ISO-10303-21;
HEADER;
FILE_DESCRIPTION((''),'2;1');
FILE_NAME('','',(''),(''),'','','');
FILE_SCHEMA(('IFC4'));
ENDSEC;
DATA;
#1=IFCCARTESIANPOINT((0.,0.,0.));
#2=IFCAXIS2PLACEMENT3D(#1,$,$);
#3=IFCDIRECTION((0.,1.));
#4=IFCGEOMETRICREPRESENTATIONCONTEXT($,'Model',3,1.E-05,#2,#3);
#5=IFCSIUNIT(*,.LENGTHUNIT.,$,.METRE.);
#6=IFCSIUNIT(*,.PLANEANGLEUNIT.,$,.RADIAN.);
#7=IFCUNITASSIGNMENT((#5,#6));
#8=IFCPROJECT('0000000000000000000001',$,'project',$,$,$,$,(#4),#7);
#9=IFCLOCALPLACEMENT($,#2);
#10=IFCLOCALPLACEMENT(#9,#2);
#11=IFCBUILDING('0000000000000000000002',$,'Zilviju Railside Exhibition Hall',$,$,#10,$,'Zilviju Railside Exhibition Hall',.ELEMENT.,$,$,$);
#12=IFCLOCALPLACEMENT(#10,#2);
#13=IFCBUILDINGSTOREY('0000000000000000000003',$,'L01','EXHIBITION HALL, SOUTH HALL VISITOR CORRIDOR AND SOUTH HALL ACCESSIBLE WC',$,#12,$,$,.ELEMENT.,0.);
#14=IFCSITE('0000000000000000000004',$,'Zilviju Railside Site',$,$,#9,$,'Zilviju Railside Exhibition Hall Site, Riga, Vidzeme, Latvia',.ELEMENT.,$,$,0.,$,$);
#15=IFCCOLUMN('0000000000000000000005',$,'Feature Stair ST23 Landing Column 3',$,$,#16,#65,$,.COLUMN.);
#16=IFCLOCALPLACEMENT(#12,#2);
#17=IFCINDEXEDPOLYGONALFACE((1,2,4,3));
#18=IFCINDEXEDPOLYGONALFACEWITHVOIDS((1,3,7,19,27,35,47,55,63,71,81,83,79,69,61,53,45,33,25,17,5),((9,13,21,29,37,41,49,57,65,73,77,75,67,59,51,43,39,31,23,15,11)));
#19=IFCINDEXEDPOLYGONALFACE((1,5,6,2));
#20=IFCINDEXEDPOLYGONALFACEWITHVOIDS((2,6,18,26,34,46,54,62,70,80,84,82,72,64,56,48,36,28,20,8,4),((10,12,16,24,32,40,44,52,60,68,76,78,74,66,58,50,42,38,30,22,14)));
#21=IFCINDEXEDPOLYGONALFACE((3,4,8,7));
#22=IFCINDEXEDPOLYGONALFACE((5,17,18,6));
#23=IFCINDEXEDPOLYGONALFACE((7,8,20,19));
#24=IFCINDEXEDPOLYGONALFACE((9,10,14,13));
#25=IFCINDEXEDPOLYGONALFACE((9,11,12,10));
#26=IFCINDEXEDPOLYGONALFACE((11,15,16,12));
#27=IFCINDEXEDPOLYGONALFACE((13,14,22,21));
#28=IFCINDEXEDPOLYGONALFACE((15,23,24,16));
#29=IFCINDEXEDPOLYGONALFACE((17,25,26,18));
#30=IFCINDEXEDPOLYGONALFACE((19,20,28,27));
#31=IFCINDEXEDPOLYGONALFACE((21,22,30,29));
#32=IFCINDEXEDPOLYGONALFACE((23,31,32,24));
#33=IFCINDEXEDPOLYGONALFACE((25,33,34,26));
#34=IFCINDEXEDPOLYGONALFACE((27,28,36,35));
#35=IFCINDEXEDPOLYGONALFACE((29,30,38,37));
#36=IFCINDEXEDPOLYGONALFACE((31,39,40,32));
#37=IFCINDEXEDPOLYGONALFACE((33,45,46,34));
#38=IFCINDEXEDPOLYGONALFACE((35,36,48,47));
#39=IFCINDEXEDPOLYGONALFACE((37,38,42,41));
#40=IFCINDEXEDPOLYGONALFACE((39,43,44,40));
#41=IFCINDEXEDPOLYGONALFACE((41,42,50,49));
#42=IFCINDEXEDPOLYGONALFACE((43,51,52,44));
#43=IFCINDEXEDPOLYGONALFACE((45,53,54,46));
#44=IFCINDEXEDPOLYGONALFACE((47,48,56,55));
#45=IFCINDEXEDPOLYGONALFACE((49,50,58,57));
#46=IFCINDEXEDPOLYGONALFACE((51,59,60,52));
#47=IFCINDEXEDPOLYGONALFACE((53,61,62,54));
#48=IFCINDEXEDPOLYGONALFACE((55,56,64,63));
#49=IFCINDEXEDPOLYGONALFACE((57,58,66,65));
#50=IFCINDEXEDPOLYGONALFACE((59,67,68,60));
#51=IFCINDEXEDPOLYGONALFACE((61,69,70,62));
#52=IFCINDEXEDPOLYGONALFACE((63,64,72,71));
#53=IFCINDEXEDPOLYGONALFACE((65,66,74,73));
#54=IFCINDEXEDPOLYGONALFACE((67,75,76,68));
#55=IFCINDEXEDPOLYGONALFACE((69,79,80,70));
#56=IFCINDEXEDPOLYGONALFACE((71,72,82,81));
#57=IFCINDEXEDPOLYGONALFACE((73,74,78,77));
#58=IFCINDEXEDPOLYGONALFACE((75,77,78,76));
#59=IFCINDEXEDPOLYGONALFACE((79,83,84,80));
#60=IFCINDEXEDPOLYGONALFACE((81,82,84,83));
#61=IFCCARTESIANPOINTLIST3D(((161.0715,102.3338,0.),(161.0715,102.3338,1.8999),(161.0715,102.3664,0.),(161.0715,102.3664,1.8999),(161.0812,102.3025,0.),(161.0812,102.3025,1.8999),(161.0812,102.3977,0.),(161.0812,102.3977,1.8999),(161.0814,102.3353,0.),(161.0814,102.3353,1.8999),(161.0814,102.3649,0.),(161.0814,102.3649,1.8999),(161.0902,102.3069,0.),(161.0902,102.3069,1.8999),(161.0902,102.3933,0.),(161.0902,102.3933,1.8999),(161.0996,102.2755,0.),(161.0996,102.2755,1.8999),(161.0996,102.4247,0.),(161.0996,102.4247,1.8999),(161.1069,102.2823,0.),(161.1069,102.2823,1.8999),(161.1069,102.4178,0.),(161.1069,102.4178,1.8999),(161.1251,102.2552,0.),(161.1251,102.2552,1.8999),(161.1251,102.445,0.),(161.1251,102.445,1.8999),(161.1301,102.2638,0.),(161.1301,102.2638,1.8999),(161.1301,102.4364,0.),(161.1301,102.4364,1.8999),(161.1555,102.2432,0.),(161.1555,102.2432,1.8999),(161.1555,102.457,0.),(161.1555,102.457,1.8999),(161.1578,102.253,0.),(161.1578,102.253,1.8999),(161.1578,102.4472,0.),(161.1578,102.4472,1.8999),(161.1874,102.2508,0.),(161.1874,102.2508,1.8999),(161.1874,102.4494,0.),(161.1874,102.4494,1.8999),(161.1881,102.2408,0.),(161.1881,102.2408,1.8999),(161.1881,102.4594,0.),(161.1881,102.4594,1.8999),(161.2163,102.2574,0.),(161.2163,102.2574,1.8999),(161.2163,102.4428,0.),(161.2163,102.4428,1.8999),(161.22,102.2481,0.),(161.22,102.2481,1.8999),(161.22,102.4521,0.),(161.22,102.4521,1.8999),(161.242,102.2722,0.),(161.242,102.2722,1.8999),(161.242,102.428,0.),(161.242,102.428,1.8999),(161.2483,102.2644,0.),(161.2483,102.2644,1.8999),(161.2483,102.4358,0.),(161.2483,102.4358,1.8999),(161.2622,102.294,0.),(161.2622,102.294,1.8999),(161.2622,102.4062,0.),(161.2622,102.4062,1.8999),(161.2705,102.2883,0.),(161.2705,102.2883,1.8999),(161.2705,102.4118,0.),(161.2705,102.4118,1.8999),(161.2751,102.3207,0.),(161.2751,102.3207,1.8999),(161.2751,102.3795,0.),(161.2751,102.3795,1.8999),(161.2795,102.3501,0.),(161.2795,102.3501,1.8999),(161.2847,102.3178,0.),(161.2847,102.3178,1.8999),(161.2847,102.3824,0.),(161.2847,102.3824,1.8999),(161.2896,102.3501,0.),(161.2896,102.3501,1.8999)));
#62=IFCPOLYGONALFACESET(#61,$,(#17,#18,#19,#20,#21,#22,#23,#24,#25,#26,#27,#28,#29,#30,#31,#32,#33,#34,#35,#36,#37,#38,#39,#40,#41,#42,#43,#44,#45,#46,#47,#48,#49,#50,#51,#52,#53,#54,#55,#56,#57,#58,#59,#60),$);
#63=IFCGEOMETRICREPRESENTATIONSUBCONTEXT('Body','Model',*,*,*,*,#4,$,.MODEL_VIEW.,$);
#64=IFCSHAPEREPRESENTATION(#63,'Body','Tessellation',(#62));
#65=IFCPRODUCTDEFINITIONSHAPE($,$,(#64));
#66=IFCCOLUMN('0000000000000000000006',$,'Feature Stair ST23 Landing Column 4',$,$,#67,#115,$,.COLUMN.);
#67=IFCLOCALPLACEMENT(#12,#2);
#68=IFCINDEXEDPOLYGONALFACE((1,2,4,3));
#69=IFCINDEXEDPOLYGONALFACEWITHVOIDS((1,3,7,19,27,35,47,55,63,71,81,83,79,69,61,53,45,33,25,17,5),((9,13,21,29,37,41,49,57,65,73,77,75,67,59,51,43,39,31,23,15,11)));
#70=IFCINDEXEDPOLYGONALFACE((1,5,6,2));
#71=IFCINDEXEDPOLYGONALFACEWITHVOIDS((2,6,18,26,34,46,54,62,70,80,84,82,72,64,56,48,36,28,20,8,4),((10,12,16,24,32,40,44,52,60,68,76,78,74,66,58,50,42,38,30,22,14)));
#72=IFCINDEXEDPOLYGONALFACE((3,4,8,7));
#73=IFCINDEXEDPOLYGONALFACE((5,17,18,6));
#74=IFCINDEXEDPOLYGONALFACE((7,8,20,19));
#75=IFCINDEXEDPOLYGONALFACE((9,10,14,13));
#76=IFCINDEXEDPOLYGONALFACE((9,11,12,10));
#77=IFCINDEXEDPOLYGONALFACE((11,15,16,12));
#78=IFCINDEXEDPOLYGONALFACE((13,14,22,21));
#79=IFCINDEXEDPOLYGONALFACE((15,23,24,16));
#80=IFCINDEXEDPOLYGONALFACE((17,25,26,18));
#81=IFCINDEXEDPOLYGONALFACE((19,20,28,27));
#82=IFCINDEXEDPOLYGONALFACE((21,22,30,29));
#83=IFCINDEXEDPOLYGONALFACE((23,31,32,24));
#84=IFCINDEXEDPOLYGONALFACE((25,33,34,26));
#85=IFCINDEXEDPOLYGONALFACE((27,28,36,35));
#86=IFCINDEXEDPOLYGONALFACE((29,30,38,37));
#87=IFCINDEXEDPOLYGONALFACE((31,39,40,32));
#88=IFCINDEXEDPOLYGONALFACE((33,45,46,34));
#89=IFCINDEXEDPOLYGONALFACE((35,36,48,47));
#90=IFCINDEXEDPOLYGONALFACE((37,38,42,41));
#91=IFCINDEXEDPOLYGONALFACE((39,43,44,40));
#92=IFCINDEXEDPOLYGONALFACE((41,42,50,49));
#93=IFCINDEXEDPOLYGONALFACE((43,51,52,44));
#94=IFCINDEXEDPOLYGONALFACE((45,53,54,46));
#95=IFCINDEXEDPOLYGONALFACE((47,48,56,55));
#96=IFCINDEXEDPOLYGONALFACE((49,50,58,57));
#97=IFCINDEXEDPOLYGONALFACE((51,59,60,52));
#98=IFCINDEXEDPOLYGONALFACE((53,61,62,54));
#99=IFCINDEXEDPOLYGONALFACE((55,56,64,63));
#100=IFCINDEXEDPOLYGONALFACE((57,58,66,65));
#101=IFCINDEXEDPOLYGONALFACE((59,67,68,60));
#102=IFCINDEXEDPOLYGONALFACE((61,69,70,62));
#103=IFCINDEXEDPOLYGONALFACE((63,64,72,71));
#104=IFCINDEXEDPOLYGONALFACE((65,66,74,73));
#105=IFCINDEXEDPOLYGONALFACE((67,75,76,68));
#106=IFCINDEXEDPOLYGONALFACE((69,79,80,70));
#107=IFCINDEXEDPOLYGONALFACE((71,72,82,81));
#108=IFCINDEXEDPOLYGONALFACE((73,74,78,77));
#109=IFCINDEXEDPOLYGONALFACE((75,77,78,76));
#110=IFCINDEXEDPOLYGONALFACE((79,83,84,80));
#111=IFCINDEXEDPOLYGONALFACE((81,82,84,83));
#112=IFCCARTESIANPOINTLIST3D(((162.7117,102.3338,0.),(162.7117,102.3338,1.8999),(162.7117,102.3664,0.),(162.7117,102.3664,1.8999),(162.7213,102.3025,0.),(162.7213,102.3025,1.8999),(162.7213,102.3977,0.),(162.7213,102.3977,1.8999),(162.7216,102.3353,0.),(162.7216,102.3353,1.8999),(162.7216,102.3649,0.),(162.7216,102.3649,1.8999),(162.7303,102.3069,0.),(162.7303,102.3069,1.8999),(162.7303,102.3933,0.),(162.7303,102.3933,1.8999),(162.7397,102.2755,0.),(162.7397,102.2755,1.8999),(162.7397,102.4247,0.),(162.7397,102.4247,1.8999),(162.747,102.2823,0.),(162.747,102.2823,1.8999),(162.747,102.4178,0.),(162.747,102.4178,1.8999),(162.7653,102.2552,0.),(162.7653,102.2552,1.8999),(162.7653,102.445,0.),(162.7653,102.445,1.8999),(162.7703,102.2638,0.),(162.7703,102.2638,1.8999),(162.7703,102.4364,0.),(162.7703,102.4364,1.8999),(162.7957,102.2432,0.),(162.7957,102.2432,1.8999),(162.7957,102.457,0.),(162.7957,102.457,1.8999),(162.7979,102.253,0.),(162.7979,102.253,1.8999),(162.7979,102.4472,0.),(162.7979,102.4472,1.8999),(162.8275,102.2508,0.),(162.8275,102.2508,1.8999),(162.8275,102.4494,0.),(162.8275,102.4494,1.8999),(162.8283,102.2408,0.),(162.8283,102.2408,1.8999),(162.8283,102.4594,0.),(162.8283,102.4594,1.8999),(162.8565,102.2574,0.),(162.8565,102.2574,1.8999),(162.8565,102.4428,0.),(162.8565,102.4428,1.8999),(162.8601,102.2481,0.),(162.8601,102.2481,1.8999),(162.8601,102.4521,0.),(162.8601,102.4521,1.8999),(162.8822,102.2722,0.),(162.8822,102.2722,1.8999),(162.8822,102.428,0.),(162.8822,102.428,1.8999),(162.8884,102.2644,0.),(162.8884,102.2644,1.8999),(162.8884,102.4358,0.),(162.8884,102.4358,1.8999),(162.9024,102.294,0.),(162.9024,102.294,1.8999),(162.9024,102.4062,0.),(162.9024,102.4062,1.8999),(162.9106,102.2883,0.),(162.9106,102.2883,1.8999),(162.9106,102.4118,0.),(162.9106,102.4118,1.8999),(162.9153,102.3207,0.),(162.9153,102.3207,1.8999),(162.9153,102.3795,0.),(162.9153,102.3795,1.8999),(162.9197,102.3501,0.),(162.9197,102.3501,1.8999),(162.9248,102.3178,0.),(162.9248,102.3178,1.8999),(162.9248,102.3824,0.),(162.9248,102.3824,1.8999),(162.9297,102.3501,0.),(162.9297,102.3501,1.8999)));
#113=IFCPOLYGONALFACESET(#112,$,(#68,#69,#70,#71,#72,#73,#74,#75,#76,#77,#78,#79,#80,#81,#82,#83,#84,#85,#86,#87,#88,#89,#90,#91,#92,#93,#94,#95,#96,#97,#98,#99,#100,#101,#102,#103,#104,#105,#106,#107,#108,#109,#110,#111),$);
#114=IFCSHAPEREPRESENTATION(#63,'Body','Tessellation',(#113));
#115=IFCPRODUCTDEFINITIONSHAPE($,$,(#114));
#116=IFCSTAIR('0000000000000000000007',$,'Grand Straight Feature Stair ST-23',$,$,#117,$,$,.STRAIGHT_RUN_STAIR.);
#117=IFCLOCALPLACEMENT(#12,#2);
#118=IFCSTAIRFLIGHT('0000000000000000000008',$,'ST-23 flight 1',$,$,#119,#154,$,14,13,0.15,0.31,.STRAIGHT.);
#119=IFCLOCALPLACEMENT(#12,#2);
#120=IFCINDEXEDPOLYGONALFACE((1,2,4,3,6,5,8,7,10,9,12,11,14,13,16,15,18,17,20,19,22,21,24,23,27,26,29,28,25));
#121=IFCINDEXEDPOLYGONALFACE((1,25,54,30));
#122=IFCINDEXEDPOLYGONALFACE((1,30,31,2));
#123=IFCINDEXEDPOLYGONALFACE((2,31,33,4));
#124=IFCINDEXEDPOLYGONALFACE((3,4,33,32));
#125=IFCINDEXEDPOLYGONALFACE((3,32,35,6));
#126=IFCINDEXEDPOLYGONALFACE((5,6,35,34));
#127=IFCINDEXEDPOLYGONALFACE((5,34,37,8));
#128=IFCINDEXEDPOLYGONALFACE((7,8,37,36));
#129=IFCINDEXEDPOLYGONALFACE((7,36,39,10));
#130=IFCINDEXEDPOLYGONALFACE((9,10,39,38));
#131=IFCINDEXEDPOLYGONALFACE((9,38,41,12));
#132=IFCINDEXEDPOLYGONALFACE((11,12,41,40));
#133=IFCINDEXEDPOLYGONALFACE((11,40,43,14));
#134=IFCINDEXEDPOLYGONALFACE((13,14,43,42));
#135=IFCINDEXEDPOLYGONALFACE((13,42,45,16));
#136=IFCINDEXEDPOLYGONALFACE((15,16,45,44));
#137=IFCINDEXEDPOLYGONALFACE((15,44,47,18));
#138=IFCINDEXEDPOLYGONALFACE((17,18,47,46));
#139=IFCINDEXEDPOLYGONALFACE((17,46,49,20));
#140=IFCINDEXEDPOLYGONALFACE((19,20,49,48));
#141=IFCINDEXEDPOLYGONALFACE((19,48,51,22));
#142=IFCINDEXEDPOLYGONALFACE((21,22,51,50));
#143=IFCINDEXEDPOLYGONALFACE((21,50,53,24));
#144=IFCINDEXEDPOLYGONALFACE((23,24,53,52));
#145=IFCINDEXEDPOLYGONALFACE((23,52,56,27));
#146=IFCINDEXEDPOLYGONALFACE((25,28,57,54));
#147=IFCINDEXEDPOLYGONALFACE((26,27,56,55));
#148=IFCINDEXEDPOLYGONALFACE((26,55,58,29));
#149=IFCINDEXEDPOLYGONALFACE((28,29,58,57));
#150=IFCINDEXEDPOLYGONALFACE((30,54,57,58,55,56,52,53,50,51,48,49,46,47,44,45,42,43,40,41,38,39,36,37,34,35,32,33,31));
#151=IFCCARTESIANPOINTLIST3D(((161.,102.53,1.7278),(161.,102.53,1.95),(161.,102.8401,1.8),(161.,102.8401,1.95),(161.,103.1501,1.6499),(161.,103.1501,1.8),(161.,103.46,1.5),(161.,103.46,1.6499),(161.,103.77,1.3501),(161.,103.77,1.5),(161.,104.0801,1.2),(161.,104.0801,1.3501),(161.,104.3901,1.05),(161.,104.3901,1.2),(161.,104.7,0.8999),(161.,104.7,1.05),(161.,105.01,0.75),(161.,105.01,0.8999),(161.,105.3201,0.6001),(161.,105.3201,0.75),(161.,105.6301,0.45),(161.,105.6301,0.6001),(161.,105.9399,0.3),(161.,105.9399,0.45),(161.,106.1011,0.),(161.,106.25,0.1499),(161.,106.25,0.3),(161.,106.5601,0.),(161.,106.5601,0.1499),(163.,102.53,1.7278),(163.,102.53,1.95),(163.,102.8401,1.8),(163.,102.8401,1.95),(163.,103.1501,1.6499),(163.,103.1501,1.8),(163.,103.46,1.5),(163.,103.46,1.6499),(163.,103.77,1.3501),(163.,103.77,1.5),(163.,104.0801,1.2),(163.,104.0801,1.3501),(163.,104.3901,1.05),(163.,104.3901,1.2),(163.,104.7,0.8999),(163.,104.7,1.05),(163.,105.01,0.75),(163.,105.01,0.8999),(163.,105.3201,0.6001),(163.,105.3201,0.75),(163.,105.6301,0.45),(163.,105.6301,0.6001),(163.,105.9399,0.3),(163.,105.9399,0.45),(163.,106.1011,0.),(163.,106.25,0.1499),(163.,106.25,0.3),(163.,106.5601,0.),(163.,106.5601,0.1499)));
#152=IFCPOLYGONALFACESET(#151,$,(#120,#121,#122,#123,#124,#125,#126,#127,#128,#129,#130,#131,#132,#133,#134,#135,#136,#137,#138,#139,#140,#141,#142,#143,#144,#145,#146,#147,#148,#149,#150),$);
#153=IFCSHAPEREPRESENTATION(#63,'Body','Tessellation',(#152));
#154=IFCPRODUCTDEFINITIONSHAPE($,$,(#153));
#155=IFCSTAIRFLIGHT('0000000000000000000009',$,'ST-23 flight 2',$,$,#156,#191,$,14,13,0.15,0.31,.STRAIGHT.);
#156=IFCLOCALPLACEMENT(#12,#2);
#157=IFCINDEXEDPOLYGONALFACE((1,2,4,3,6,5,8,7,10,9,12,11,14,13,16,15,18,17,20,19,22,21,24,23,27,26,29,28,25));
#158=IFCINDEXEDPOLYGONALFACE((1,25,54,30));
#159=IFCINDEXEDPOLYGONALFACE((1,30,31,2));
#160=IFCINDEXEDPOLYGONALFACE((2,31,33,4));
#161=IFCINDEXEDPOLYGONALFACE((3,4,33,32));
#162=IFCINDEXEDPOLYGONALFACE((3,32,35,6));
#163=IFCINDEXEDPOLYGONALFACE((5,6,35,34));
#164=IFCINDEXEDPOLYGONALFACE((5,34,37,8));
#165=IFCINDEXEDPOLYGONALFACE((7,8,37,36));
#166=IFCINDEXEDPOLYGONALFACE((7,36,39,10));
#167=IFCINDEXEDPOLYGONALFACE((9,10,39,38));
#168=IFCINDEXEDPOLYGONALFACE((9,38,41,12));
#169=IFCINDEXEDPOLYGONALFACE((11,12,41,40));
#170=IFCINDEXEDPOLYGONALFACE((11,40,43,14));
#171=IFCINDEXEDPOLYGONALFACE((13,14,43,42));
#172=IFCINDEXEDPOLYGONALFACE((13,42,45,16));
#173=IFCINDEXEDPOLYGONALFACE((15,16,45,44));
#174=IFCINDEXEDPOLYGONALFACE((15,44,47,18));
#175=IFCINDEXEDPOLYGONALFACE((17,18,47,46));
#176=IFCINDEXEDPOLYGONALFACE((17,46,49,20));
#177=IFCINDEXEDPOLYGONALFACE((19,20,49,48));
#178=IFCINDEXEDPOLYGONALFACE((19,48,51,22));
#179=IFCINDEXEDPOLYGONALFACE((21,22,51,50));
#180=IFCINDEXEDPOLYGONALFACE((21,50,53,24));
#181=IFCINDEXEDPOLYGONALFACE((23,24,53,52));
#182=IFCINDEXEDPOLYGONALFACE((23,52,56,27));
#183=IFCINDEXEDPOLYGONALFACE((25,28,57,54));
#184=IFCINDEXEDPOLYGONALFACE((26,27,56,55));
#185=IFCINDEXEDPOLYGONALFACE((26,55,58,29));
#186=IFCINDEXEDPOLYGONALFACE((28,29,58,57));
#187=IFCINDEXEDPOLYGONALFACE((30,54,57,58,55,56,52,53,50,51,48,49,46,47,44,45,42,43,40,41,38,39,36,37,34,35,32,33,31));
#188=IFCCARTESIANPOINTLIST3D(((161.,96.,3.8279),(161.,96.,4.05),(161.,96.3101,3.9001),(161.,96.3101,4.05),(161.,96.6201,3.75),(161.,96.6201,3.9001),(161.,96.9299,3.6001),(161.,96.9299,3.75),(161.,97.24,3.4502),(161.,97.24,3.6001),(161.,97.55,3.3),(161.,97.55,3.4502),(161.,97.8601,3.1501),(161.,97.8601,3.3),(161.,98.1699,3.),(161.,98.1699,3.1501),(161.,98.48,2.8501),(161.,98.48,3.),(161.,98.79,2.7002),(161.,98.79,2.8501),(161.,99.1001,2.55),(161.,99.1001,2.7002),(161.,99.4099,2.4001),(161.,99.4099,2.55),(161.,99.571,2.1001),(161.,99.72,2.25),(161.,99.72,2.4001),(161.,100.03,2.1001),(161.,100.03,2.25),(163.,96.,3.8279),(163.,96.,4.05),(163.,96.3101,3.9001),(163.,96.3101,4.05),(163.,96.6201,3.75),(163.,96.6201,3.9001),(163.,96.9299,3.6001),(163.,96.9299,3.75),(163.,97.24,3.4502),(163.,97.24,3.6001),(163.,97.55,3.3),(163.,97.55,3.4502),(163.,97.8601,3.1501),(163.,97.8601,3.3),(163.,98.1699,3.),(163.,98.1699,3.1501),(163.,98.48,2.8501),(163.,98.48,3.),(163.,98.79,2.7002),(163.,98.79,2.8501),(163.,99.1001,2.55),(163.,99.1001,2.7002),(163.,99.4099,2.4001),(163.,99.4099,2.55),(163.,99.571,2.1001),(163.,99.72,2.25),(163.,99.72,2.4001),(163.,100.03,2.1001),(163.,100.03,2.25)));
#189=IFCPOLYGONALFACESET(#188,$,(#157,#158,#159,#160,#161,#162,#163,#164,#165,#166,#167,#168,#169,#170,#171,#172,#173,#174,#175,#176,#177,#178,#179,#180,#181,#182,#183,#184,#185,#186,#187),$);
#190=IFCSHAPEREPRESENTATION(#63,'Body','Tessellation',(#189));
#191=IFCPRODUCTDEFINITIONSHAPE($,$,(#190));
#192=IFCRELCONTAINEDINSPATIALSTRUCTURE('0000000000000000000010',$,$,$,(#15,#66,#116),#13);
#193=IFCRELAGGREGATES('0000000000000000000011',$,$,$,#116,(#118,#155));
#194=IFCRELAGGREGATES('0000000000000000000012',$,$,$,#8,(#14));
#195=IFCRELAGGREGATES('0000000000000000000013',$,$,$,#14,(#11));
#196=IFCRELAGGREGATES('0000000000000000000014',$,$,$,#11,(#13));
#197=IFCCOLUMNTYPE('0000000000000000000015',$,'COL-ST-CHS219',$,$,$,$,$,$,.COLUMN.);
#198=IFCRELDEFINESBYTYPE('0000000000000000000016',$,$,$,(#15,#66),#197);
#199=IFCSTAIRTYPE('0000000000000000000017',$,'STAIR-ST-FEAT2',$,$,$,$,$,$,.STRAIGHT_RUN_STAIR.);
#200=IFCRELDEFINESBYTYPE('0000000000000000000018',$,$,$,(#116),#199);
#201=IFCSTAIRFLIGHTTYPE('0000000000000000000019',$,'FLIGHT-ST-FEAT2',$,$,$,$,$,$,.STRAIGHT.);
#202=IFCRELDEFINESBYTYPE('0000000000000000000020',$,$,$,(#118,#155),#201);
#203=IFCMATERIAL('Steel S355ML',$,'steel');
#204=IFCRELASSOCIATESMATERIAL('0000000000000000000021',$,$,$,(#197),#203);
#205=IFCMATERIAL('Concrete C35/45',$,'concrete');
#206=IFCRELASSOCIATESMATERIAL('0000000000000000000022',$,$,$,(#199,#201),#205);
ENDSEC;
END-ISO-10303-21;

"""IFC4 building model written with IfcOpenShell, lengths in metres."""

from ifc_helpers import new_model, si_unit, direction, frame, origin, origin_2d, place, context, subcontext, project, spatial, polyline, hollow_circle, outline, extrude, material, material_profile, profile_set, type_object, element, aggregate, save


model = new_model("IFC4")

# Units and contexts
model_context = context("Model", 3, precision=1e-05, world=origin(), true_north=direction((0.0, 1.0)))
body_context = subcontext(model_context, "Body", "Model", "MODEL_VIEW")
ifc_project = project(units=[si_unit("LENGTHUNIT", "METRE"), si_unit("PLANEANGLEUNIT", "RADIAN")], contexts=[model_context])

# Site, building, storey
site_placement = place(None, origin())
site = spatial("IfcSite", under=ifc_project, at=site_placement, Name="Zilviju Railside Site", LongName="Zilviju Railside Exhibition Hall Site, Riga, Vidzeme, Latvia", CompositionType="ELEMENT", RefElevation=0.0)
building_placement = place(site_placement, origin())
building = spatial("IfcBuilding", under=site, at=building_placement, Name="Zilviju Railside Exhibition Hall", LongName="Zilviju Railside Exhibition Hall", CompositionType="ELEMENT")
storey_placement = place(building_placement, origin())
storey = spatial("IfcBuildingStorey", under=building, at=storey_placement, Name="L01", Description="EXHIBITION HALL, SOUTH HALL VISITOR CORRIDOR AND SOUTH HALL ACCESSIBLE WC", CompositionType="ELEMENT", Elevation=0.0)

# Shared definitions
ifc_material_1 = material(Name="Concrete C35/45", Category="concrete")

# Columns
ifc_material_2 = material(Name="Steel S355ML", Category="steel")
ifc_material_profile_1 = material_profile(ifc_material_2, hollow_circle(Radius=0.1096, WallThickness=0.01, at=origin_2d()), Name="CHS 219.1x10.0")
ifc_profile_set_1 = profile_set([ifc_material_profile_1], Name="Steel S355ML")
column_type_1 = type_object("IfcColumnType", Name="COL-ST-CHS219", PredefinedType="COLUMN", material=ifc_profile_set_1)
for number, where, z_axis, x_axis, name in (
    (1, (161.1799, 102.3501, 0.0), (0.0, 0.0, 1.0), (1.0, 0.0, 0.0), "Feature Stair ST23 Landing Column 3"),
    (2, (162.8201, 102.3501, 0.0), (0.0, 0.0, 1.0), (1.0, 0.0, 0.0), "Feature Stair ST23 Landing Column 4"),
):
    element("IfcColumn", number, at=place(storey_placement, frame(where, z_axis=z_axis, x_axis=x_axis)), inside=storey, type_object=column_type_1, Name=name, PredefinedType="COLUMN", context=body_context, shape_type="SweptSolid", body=[
        extrude(hollow_circle(Radius=0.1096, WallThickness=0.01, at=origin_2d()), origin(), (0.0, 0.0, 1.0), 1.8999),
    ])

# Stair, stair flights
stair_type = type_object("IfcStairType", Name="STAIR-ST-FEAT2", PredefinedType="STRAIGHT_RUN_STAIR", material=ifc_material_1)
stair_placement = place(storey_placement, origin())
stair = element("IfcStair", 3, at=stair_placement, inside=storey, type_object=stair_type, Name="Grand Straight Feature Stair ST-23", PredefinedType="STRAIGHT_RUN_STAIR")
stair_flight_type = type_object("IfcStairFlightType", Name="FLIGHT-ST-FEAT2", PredefinedType="STRAIGHT", material=ifc_material_1)
stair_flight_1_placement = place(storey_placement, frame((162.0, 106.5601, 0.0), z_axis=(0.0, 0.0, 1.0), x_axis=(0.0, -1.0, 0.0)))
stair_flight_1 = element("IfcStairFlight", 4, at=stair_flight_1_placement, type_object=stair_flight_type, Name="ST-23 flight 1", NumberOfRisers=14, NumberOfTreads=13, PredefinedType="STRAIGHT", RiserHeight=0.15, TreadLength=0.31, context=body_context, shape_type="SweptSolid", body=[
    extrude(outline(polyline([(0.0, 0.0), (0.0, 0.1499), (0.3101, 0.1499), (0.3101, 0.3), (0.6201, 0.3), (0.6201, 0.45), (0.9299, 0.45), (0.9299, 0.6001), (1.24, 0.6001), (1.24, 0.75), (1.55, 0.75), (1.55, 0.8999), (1.8601, 0.8999), (1.8601, 1.05), (2.1699, 1.05), (2.1699, 1.2), (2.48, 1.2), (2.48, 1.3501), (2.79, 1.3501), (2.79, 1.5), (3.1001, 1.5), (3.1001, 1.6499), (3.4099, 1.6499), (3.4099, 1.8), (3.72, 1.8), (3.72, 1.95), (4.03, 1.95), (4.03, 2.1001), (4.03, 1.7278), (0.459, 0.0), (0.0, 0.0)])), frame((0.0, 1.0, 0.0), z_axis=(0.0, -1.0, 0.0), x_axis=(1.0, 0.0, 0.0)), (0.0, 0.0, 1.0), 2.0),
])
stair_flight_2_placement = place(storey_placement, frame((162.0, 100.03, 2.1001), z_axis=(0.0, 0.0, 1.0), x_axis=(0.0, -1.0, 0.0)))
stair_flight_2 = element("IfcStairFlight", 5, at=stair_flight_2_placement, type_object=stair_flight_type, Name="ST-23 flight 2", NumberOfRisers=14, NumberOfTreads=13, PredefinedType="STRAIGHT", RiserHeight=0.15, TreadLength=0.31, context=body_context, shape_type="SweptSolid", body=[
    extrude(outline(polyline([(0.0, 0.0), (0.0, 0.1499), (0.3101, 0.1499), (0.3101, 0.3), (0.6201, 0.3), (0.6201, 0.45), (0.9299, 0.45), (0.9299, 0.6001), (1.24, 0.6001), (1.24, 0.75), (1.55, 0.75), (1.55, 0.8999), (1.8601, 0.8999), (1.8601, 1.05), (2.1699, 1.05), (2.1699, 1.2), (2.48, 1.2), (2.48, 1.3501), (2.79, 1.3501), (2.79, 1.5), (3.1001, 1.5), (3.1001, 1.6499), (3.4099, 1.6499), (3.4099, 1.8), (3.72, 1.8), (3.72, 1.95), (4.03, 1.95), (4.03, 2.1001), (4.03, 1.7278), (0.459, 0.0), (0.0, 0.0)])), frame((0.0, 1.0, 0.0), z_axis=(0.0, -1.0, 0.0), x_axis=(1.0, 0.0, 0.0)), (0.0, 0.0, 1.0), 2.0),
])
aggregate(stair, [stair_flight_1, stair_flight_2])

save(model, "model.ifc")
